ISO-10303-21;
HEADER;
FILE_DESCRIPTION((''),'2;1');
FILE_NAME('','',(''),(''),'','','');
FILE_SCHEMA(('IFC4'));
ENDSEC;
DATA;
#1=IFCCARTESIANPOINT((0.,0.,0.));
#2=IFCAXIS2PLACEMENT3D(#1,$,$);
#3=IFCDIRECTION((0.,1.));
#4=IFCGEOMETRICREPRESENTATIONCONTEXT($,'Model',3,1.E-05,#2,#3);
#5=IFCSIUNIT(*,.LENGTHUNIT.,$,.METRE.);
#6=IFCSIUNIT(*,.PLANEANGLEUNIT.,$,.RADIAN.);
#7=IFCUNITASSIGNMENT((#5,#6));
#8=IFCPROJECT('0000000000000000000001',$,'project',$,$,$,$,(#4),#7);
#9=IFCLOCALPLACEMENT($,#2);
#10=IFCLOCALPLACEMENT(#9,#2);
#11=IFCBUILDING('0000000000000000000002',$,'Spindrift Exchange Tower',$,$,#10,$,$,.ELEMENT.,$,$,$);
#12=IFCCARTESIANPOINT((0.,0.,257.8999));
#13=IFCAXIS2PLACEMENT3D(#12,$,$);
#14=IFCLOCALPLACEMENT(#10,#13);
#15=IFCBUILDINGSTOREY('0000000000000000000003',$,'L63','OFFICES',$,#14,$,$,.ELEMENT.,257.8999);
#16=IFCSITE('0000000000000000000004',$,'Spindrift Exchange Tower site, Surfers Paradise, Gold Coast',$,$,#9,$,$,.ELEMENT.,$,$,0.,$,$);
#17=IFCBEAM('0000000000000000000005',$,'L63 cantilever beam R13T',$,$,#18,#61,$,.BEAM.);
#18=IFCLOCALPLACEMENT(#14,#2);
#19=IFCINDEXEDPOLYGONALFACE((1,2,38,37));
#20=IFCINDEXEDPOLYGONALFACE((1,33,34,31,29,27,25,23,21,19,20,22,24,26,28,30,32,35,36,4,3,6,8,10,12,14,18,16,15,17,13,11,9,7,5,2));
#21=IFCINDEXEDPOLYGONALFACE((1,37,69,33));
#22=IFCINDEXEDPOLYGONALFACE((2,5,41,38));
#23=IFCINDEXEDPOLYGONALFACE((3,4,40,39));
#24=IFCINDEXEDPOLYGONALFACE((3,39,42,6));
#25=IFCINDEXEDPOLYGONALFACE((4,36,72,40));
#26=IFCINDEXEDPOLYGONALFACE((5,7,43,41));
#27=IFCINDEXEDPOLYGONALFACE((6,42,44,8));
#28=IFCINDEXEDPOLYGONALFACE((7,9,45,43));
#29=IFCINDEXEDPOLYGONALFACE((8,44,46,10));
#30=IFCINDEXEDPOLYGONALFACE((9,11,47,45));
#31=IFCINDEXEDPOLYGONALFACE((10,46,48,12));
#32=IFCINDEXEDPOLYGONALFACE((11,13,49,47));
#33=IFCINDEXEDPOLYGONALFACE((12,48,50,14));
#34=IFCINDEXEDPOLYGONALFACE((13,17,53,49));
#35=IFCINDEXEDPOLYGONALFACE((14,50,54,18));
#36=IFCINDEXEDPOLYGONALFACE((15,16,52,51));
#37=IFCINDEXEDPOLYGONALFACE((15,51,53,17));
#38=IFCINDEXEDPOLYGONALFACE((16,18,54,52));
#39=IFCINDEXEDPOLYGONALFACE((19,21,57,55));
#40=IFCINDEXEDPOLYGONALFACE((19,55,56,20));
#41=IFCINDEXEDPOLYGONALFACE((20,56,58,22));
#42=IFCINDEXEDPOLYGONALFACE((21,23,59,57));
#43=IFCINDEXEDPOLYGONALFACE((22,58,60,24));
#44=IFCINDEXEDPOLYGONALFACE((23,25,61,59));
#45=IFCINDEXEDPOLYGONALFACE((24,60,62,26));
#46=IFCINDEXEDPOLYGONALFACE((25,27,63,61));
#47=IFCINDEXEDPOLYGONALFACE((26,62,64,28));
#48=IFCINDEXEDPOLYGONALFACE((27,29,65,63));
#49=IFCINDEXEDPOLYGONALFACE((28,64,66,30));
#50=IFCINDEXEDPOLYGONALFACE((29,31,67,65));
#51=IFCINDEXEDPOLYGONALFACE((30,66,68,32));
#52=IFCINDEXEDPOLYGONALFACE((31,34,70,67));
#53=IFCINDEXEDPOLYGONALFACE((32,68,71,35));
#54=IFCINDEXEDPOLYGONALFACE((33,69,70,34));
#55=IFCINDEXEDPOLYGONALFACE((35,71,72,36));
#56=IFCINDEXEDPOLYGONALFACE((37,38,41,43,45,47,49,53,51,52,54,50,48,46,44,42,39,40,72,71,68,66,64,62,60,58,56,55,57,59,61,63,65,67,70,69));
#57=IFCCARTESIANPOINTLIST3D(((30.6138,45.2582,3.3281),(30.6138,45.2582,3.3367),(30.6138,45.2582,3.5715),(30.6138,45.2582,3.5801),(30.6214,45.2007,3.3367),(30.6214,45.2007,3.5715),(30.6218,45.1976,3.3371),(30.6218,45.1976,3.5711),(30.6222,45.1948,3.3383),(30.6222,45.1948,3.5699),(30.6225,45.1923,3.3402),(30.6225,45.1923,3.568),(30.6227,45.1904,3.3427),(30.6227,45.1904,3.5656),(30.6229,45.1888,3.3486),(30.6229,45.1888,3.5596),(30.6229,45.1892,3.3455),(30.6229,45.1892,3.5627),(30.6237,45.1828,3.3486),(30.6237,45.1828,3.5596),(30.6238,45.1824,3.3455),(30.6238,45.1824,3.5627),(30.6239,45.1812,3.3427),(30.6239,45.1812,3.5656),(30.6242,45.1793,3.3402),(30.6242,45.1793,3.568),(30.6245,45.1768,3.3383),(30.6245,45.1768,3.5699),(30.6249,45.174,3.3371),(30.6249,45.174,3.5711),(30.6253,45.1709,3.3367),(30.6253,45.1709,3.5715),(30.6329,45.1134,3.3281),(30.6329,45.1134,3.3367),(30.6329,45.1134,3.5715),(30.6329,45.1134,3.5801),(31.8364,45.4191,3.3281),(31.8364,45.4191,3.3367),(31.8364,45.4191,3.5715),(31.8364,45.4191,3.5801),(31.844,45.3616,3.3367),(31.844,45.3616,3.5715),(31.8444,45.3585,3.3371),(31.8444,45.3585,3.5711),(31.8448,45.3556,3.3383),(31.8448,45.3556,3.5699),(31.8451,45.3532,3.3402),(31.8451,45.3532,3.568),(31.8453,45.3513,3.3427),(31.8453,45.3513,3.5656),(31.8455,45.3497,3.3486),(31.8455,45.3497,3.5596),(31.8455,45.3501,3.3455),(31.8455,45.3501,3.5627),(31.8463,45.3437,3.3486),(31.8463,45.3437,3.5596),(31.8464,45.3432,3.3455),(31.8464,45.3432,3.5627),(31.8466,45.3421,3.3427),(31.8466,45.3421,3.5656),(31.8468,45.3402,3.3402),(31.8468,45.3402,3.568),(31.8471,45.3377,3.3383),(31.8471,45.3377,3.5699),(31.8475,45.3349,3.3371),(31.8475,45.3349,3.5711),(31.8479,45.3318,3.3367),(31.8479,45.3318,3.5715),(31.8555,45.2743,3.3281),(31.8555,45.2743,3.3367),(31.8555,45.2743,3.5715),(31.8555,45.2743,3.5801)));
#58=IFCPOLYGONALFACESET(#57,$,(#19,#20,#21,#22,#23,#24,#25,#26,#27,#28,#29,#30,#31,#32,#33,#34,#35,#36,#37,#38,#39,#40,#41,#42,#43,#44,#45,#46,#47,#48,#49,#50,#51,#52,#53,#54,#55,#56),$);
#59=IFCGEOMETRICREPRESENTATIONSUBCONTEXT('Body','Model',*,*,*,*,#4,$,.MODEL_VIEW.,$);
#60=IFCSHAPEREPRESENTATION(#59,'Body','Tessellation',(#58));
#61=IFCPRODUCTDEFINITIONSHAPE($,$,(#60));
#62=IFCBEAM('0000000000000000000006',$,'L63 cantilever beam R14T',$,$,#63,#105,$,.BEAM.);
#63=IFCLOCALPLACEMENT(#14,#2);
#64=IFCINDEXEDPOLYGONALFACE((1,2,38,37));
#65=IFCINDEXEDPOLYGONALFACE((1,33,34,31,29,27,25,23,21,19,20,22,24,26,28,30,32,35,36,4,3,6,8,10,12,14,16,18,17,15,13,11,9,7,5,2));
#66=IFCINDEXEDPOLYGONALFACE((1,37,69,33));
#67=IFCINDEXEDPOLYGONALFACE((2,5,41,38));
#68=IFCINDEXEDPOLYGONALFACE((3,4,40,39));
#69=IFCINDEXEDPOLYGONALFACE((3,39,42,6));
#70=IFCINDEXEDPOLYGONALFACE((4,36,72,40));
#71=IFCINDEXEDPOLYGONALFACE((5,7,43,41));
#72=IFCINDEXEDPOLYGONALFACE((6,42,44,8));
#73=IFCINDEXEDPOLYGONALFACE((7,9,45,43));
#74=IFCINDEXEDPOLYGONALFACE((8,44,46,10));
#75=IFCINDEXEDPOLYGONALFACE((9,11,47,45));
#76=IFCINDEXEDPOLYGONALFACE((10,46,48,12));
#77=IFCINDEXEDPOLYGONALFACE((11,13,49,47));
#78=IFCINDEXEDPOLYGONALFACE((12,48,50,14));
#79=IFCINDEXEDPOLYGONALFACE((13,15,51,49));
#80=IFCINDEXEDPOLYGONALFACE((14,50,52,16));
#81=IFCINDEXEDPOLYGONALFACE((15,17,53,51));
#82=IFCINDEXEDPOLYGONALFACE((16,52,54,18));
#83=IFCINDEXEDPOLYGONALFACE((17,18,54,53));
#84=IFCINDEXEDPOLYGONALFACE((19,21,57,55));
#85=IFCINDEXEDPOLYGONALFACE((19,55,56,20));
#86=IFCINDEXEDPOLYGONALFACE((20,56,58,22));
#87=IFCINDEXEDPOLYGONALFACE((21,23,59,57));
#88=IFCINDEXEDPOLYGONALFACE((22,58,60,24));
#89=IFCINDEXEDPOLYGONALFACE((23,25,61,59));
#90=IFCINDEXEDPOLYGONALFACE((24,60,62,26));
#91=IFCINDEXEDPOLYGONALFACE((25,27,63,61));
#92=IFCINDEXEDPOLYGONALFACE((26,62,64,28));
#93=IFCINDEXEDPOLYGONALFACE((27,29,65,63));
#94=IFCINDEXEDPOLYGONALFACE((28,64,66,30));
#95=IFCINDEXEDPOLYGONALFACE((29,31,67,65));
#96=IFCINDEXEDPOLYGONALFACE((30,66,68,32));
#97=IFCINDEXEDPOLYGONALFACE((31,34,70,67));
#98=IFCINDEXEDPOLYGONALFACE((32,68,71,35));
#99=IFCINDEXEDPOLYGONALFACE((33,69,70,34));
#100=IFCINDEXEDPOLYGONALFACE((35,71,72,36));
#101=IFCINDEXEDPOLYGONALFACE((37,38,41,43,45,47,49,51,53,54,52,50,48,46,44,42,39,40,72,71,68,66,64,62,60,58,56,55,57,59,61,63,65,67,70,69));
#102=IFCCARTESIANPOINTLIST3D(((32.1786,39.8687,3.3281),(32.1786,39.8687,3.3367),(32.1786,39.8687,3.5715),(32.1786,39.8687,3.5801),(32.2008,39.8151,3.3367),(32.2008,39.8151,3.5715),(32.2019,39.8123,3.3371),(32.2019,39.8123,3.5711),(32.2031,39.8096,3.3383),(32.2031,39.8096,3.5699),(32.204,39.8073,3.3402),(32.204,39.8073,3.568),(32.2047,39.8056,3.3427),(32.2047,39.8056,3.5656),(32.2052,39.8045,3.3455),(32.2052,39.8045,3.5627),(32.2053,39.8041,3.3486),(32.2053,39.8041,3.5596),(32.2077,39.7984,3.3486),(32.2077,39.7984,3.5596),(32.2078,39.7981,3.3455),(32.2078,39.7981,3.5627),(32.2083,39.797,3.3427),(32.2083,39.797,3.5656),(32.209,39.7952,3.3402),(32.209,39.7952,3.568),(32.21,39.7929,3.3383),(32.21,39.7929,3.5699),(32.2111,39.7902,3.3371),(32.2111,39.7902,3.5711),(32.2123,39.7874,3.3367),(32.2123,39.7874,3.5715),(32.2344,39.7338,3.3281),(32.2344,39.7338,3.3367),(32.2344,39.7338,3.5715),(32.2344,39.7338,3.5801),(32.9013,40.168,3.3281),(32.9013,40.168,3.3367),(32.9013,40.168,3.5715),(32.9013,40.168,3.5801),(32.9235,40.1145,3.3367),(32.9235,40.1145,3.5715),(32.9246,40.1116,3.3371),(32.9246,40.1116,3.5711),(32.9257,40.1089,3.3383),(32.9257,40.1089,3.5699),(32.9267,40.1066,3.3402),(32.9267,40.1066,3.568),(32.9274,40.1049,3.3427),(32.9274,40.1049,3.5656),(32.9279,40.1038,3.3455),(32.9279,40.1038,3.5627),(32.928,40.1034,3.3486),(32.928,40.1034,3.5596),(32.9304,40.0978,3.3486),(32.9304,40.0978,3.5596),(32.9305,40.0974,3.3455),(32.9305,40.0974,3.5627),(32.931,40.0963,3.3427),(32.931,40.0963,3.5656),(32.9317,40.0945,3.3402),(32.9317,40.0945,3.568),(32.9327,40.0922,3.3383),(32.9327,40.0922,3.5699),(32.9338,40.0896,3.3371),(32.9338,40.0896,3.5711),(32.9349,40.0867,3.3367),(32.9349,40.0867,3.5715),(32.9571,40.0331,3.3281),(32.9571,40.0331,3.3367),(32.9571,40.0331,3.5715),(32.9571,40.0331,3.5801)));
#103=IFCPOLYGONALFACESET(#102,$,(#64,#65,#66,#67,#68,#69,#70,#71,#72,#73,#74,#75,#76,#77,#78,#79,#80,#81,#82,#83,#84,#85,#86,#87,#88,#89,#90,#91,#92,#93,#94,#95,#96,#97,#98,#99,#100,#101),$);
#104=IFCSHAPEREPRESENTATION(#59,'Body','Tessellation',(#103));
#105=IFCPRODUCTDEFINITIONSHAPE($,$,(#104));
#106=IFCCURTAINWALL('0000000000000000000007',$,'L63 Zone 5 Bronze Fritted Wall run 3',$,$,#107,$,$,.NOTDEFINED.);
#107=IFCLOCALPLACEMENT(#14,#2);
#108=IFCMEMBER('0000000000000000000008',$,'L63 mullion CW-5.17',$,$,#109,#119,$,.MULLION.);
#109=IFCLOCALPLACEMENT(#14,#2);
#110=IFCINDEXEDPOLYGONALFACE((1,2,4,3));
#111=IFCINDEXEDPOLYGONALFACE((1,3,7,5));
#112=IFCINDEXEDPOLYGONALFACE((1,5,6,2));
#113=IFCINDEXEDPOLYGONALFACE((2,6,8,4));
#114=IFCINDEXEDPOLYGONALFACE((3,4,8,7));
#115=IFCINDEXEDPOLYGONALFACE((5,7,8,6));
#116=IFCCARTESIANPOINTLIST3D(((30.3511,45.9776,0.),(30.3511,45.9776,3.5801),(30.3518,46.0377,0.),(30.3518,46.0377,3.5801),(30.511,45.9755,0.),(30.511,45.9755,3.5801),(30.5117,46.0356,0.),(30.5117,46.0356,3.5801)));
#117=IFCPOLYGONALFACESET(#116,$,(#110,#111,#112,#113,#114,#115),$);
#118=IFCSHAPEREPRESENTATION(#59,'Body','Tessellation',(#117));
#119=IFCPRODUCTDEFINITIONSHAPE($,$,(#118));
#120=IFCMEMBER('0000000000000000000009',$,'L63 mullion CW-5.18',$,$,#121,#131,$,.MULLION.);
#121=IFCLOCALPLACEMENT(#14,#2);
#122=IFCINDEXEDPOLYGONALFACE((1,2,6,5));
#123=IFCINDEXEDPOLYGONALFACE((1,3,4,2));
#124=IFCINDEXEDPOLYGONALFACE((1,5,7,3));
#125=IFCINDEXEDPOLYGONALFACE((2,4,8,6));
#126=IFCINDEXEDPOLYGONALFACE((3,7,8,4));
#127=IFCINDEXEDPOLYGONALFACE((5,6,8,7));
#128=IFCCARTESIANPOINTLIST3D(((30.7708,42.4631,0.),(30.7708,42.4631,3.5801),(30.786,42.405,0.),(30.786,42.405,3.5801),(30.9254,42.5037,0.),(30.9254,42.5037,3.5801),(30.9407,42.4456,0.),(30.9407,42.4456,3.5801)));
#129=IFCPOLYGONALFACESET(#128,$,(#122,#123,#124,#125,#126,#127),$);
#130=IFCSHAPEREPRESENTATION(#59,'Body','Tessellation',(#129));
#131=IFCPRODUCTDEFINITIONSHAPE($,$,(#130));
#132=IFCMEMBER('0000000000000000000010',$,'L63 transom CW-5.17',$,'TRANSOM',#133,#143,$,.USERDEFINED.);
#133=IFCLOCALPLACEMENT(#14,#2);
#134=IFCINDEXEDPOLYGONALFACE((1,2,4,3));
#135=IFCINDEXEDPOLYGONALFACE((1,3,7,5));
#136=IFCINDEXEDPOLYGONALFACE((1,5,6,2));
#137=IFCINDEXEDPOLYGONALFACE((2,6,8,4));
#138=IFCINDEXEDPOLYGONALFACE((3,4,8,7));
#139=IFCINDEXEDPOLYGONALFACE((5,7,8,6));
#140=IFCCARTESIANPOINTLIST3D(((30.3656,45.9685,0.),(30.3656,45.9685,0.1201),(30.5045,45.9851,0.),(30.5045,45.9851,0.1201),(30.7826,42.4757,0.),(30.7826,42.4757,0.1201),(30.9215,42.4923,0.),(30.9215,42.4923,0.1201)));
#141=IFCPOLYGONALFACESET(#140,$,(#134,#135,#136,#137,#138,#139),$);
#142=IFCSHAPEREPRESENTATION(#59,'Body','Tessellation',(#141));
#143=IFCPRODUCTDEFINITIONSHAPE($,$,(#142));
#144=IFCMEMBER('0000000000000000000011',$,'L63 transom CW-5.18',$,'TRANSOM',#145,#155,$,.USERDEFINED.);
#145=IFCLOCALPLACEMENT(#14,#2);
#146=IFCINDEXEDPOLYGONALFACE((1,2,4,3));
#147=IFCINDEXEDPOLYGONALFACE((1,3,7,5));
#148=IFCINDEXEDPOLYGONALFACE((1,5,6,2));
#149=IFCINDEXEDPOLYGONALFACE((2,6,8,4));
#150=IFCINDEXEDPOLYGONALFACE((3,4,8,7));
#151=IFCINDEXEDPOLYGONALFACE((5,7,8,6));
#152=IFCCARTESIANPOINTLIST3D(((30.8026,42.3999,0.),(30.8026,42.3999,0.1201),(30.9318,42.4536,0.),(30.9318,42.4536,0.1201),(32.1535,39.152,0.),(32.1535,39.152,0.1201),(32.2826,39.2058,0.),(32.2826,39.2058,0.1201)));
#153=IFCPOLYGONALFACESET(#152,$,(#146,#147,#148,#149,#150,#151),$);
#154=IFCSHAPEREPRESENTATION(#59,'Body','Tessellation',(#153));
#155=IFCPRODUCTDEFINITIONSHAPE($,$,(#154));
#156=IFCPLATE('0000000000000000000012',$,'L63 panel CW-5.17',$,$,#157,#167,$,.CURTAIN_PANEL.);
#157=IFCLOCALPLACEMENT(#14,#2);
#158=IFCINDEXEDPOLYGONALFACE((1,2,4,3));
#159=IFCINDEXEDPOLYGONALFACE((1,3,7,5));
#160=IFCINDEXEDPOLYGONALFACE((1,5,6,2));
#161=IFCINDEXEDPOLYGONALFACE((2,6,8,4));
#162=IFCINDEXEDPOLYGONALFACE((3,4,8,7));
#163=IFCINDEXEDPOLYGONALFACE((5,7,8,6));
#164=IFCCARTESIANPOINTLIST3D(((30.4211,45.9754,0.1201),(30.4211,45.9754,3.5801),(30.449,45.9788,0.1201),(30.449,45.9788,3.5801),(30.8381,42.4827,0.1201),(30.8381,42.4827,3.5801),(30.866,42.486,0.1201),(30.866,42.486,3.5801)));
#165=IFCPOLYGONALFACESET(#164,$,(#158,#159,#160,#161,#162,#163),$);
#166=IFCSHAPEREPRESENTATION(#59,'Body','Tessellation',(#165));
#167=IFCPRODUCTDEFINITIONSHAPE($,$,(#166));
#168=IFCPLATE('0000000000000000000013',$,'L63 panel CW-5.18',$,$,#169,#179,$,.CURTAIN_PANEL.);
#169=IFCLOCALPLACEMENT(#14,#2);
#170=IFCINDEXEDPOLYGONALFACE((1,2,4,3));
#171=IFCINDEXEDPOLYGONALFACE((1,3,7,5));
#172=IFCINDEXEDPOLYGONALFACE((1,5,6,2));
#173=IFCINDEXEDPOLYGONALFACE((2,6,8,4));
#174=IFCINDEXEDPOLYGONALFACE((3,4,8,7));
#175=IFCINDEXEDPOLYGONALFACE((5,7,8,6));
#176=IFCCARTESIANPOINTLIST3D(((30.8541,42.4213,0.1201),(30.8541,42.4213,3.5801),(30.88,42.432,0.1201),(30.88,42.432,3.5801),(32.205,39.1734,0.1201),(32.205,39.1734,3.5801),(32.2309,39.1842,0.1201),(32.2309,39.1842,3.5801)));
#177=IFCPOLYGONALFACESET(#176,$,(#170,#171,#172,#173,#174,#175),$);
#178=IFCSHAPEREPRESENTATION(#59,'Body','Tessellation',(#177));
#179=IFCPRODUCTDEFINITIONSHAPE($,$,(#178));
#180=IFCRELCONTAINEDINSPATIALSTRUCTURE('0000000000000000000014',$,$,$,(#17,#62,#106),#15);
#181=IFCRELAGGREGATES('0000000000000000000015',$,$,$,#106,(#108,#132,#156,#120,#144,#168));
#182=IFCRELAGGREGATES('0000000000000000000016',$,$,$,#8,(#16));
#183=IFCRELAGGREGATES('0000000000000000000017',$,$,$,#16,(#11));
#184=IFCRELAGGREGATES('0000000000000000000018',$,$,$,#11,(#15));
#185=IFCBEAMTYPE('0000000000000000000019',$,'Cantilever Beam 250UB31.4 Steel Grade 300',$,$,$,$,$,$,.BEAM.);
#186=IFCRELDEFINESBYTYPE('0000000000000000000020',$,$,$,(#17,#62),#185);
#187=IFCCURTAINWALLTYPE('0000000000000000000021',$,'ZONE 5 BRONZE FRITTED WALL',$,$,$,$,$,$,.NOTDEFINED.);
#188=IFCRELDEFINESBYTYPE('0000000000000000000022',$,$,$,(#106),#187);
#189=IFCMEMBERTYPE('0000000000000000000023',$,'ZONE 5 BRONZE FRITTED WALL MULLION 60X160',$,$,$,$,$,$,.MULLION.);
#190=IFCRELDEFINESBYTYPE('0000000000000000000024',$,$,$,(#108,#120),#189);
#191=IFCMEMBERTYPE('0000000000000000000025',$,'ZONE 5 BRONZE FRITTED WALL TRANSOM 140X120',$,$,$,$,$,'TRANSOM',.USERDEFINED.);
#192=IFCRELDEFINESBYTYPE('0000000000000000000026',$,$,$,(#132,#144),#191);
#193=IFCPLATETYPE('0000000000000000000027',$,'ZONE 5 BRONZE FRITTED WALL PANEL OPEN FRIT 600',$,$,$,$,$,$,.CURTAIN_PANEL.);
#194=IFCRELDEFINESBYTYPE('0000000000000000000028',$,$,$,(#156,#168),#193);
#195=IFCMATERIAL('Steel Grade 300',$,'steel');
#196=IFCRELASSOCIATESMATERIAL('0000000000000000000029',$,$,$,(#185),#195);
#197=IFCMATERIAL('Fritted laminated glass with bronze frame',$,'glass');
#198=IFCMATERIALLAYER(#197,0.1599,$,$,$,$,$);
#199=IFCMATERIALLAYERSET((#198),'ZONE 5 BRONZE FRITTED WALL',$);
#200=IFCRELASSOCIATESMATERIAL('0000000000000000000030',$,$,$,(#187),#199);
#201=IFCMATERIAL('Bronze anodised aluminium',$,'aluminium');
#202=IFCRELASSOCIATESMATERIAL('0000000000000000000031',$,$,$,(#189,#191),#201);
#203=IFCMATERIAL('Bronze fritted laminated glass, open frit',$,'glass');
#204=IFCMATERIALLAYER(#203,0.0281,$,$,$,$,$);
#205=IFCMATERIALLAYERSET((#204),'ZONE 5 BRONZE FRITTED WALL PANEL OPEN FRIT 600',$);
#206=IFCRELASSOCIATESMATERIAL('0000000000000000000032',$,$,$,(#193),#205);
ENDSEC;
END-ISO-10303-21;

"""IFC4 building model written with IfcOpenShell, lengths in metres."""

from ifc_helpers import new_model, si_unit, direction, frame, origin, origin_2d, place, context, subcontext, project, spatial, rectangle, i_section, extrude, source, transform, mapped, material, layer, layer_set, material_profile, profile_set, type_object, element, aggregate, save


model = new_model("IFC4")

# Units and contexts
model_context = context("Model", 3, precision=1e-05, world=origin(), true_north=direction((0.0, 1.0)))
body_context = subcontext(model_context, "Body", "Model", "MODEL_VIEW")
ifc_project = project(units=[si_unit("LENGTHUNIT", "METRE"), si_unit("PLANEANGLEUNIT", "RADIAN")], contexts=[model_context])

# Site, building, storey
site_placement = place(None, origin())
site = spatial("IfcSite", under=ifc_project, at=site_placement, Name="Spindrift Exchange Tower site, Surfers Paradise, Gold Coast", CompositionType="ELEMENT", RefElevation=0.0)
building_placement = place(site_placement, origin())
building = spatial("IfcBuilding", under=site, at=building_placement, Name="Spindrift Exchange Tower", CompositionType="ELEMENT")
storey_placement = place(building_placement, frame((0.0, 0.0, 257.8999)))
storey = spatial("IfcBuildingStorey", under=building, at=storey_placement, Name="L63", Description="OFFICES", CompositionType="ELEMENT", Elevation=257.8999)

# Beams
ifc_material_1 = material(Name="Steel Grade 300", Category="steel")
ifc_material_profile_1 = material_profile(ifc_material_1, i_section(OverallWidth=0.146, OverallDepth=0.252, WebThickness=0.0061, FlangeThickness=0.0085, FilletRadius=0.012, at=origin_2d()), Name="250UB31.4")
ifc_profile_set_1 = profile_set([ifc_material_profile_1], Name="Steel Grade 300")
beam_type_1 = type_object("IfcBeamType", Name="Cantilever Beam 250UB31.4 Steel Grade 300", PredefinedType="BEAM", material=ifc_profile_set_1)
shared_shape_1 = source(origin(), body_context, "Body", "SweptSolid", [
    extrude(i_section(OverallWidth=0.146, OverallDepth=0.252, WebThickness=0.0061, FlangeThickness=0.0085, FilletRadius=0.012, at=origin_2d()), origin(), (0.0, 0.0, 1.0), 1.2332),
])
beam_1_placement = place(storey_placement, frame((31.8459, 45.3467, 3.4541), z_axis=(-0.991453, -0.130465, 0.0), x_axis=(0.130465, -0.991453, 0.0)))
element("IfcBeam", 1, at=beam_1_placement, inside=storey, type_object=beam_type_1, Name="L63 cantilever beam R13T", PredefinedType="BEAM", context=body_context, shape_type="MappedRepresentation", body=[
    mapped(shared_shape_1, transform((0.0, 0.0, 0.0), scale=1.0)),
])
shared_shape_2 = source(origin(), body_context, "Body", "SweptSolid", [
    extrude(i_section(OverallWidth=0.146, OverallDepth=0.252, WebThickness=0.0061, FlangeThickness=0.0085, FilletRadius=0.012, at=origin_2d()), origin(), (0.0, 0.0, 1.0), 0.7822),
])
beam_2_placement = place(storey_placement, frame((32.9292, 40.1006, 3.4541), z_axis=(-0.923887, -0.382664, 0.0), x_axis=(0.382664, -0.923887, 0.0)))
element("IfcBeam", 2, at=beam_2_placement, inside=storey, type_object=beam_type_1, Name="L63 cantilever beam R14T", PredefinedType="BEAM", context=body_context, shape_type="MappedRepresentation", body=[
    mapped(shared_shape_2, transform((0.0, 0.0, 0.0), scale=1.0)),
])

# Curtain wall, members, plates
ifc_material_2 = material(Name="Fritted laminated glass with bronze frame", Category="glass")
ifc_layer_1 = layer(ifc_material_2, 0.1599)
ifc_layer_set_1 = layer_set([ifc_layer_1], Name="ZONE 5 BRONZE FRITTED WALL")
curtain_wall_type = type_object("IfcCurtainWallType", Name="ZONE 5 BRONZE FRITTED WALL", PredefinedType="NOTDEFINED", material=ifc_layer_set_1)
curtain_wall_placement = place(storey_placement, origin())
curtain_wall = element("IfcCurtainWall", 3, at=curtain_wall_placement, inside=storey, type_object=curtain_wall_type, Name="L63 Zone 5 Bronze Fritted Wall run 3", PredefinedType="NOTDEFINED")
ifc_material_3 = material(Name="Bronze anodised aluminium", Category="aluminium")
ifc_material_profile_2 = material_profile(ifc_material_3, rectangle(XDim=0.0601, YDim=0.1599, at=origin_2d()), Name="ZONE 5 BRONZE FRITTED WALL MULLION 60X160")
ifc_profile_set_2 = profile_set([ifc_material_profile_2], Name="Bronze anodised aluminium")
member_type_1 = type_object("IfcMemberType", Name="ZONE 5 BRONZE FRITTED WALL MULLION 60X160", PredefinedType="MULLION", material=ifc_profile_set_2)
shared_shape_3 = source(origin(), body_context, "Body", "SweptSolid", [
    extrude(rectangle(XDim=0.0601, YDim=0.1599, at=origin_2d()), origin(), (0.0, 0.0, 1.0), 3.5801),
])
member_1_placement = place(storey_placement, frame((30.4314, 46.0066, 0.0), z_axis=(0.0, 0.0, 1.0), x_axis=(-0.013033, -0.999915, 0.0)))
member_1 = element("IfcMember", 4, at=member_1_placement, type_object=member_type_1, Name="L63 mullion CW-5.17", PredefinedType="MULLION", context=body_context, shape_type="MappedRepresentation", body=[
    mapped(shared_shape_3, transform((0.0, 0.0, 0.0), scale=1.0)),
])
member_2_placement = place(storey_placement, frame((30.8557, 42.4543, 0.0), z_axis=(0.0, 0.0, 1.0), x_axis=(0.253691, -0.967285, 0.0)))
member_2 = element("IfcMember", 5, at=member_2_placement, type_object=member_type_1, Name="L63 mullion CW-5.18", PredefinedType="MULLION", context=body_context, shape_type="MappedRepresentation", body=[
    mapped(shared_shape_3, transform((0.0, 0.0, 0.0), scale=1.0)),
])
ifc_material_profile_3 = material_profile(ifc_material_3, rectangle(XDim=0.1399, YDim=0.1201, at=origin_2d()), Name="ZONE 5 BRONZE FRITTED WALL TRANSOM 140X120")
ifc_profile_set_3 = profile_set([ifc_material_profile_3], Name="Bronze anodised aluminium")
member_type_2 = type_object("IfcMemberType", Name="ZONE 5 BRONZE FRITTED WALL TRANSOM 140X120", ElementType="TRANSOM", PredefinedType="USERDEFINED", material=ifc_profile_set_3)
shared_shape_4 = source(origin(), body_context, "Body", "SweptSolid", [
    extrude(rectangle(XDim=0.1399, YDim=0.1201, at=origin_2d()), origin(), (0.0, 0.0, 1.0), 3.5176),
])
member_3_placement = place(storey_placement, frame((30.4351, 45.9768, 0.0601), z_axis=(0.118549, -0.992948, 0.0), x_axis=(0.992948, 0.118549, 0.0)))
member_3 = element("IfcMember", 6, at=member_3_placement, type_object=member_type_2, Name="L63 transom CW-5.17", ObjectType="TRANSOM", PredefinedType="USERDEFINED", context=body_context, shape_type="MappedRepresentation", body=[
    mapped(shared_shape_4, transform((0.0, 0.0, 0.0), scale=1.0)),
])
member_4_placement = place(storey_placement, frame((30.8672, 42.4268, 0.0601), z_axis=(0.384029, -0.923321, 0.0), x_axis=(0.923321, 0.384029, 0.0)))
member_4 = element("IfcMember", 7, at=member_4_placement, type_object=member_type_2, Name="L63 transom CW-5.18", ObjectType="TRANSOM", PredefinedType="USERDEFINED", context=body_context, shape_type="MappedRepresentation", body=[
    mapped(shared_shape_4, transform((0.0, 0.0, 0.0), scale=1.0)),
])
ifc_material_4 = material(Name="Bronze fritted laminated glass, open frit", Category="glass")
ifc_layer_2 = layer(ifc_material_4, 0.0281)
ifc_layer_set_2 = layer_set([ifc_layer_2], Name="ZONE 5 BRONZE FRITTED WALL PANEL OPEN FRIT 600")
plate_type = type_object("IfcPlateType", Name="ZONE 5 BRONZE FRITTED WALL PANEL OPEN FRIT 600", PredefinedType="CURTAIN_PANEL", material=ifc_layer_set_2)
shared_shape_5 = source(origin(), body_context, "Body", "SweptSolid", [
    extrude(rectangle(XDim=3.5176, YDim=0.0281, at=origin_2d()), origin(), (0.0, 0.0, 1.0), 3.46),
])
plate_1_placement = place(storey_placement, frame((30.6436, 44.2307, 0.1201), z_axis=(0.0, 0.0, 1.0), x_axis=(0.118546, -0.992949, 0.0)))
plate_1 = element("IfcPlate", 8, at=plate_1_placement, type_object=plate_type, Name="L63 panel CW-5.17", PredefinedType="CURTAIN_PANEL", context=body_context, shape_type="MappedRepresentation", body=[
    mapped(shared_shape_5, transform((0.0, 0.0, 0.0), scale=1.0)),
])
plate_2_placement = place(storey_placement, frame((31.5425, 40.8027, 0.1201), z_axis=(0.0, 0.0, 1.0), x_axis=(0.384036, -0.923318, 0.0)))
plate_2 = element("IfcPlate", 9, at=plate_2_placement, type_object=plate_type, Name="L63 panel CW-5.18", PredefinedType="CURTAIN_PANEL", context=body_context, shape_type="MappedRepresentation", body=[
    mapped(shared_shape_5, transform((0.0, 0.0, 0.0), scale=1.0)),
])
aggregate(curtain_wall, [member_1, member_3, plate_1, member_2, member_4, plate_2])

save(model, "model.ifc")
